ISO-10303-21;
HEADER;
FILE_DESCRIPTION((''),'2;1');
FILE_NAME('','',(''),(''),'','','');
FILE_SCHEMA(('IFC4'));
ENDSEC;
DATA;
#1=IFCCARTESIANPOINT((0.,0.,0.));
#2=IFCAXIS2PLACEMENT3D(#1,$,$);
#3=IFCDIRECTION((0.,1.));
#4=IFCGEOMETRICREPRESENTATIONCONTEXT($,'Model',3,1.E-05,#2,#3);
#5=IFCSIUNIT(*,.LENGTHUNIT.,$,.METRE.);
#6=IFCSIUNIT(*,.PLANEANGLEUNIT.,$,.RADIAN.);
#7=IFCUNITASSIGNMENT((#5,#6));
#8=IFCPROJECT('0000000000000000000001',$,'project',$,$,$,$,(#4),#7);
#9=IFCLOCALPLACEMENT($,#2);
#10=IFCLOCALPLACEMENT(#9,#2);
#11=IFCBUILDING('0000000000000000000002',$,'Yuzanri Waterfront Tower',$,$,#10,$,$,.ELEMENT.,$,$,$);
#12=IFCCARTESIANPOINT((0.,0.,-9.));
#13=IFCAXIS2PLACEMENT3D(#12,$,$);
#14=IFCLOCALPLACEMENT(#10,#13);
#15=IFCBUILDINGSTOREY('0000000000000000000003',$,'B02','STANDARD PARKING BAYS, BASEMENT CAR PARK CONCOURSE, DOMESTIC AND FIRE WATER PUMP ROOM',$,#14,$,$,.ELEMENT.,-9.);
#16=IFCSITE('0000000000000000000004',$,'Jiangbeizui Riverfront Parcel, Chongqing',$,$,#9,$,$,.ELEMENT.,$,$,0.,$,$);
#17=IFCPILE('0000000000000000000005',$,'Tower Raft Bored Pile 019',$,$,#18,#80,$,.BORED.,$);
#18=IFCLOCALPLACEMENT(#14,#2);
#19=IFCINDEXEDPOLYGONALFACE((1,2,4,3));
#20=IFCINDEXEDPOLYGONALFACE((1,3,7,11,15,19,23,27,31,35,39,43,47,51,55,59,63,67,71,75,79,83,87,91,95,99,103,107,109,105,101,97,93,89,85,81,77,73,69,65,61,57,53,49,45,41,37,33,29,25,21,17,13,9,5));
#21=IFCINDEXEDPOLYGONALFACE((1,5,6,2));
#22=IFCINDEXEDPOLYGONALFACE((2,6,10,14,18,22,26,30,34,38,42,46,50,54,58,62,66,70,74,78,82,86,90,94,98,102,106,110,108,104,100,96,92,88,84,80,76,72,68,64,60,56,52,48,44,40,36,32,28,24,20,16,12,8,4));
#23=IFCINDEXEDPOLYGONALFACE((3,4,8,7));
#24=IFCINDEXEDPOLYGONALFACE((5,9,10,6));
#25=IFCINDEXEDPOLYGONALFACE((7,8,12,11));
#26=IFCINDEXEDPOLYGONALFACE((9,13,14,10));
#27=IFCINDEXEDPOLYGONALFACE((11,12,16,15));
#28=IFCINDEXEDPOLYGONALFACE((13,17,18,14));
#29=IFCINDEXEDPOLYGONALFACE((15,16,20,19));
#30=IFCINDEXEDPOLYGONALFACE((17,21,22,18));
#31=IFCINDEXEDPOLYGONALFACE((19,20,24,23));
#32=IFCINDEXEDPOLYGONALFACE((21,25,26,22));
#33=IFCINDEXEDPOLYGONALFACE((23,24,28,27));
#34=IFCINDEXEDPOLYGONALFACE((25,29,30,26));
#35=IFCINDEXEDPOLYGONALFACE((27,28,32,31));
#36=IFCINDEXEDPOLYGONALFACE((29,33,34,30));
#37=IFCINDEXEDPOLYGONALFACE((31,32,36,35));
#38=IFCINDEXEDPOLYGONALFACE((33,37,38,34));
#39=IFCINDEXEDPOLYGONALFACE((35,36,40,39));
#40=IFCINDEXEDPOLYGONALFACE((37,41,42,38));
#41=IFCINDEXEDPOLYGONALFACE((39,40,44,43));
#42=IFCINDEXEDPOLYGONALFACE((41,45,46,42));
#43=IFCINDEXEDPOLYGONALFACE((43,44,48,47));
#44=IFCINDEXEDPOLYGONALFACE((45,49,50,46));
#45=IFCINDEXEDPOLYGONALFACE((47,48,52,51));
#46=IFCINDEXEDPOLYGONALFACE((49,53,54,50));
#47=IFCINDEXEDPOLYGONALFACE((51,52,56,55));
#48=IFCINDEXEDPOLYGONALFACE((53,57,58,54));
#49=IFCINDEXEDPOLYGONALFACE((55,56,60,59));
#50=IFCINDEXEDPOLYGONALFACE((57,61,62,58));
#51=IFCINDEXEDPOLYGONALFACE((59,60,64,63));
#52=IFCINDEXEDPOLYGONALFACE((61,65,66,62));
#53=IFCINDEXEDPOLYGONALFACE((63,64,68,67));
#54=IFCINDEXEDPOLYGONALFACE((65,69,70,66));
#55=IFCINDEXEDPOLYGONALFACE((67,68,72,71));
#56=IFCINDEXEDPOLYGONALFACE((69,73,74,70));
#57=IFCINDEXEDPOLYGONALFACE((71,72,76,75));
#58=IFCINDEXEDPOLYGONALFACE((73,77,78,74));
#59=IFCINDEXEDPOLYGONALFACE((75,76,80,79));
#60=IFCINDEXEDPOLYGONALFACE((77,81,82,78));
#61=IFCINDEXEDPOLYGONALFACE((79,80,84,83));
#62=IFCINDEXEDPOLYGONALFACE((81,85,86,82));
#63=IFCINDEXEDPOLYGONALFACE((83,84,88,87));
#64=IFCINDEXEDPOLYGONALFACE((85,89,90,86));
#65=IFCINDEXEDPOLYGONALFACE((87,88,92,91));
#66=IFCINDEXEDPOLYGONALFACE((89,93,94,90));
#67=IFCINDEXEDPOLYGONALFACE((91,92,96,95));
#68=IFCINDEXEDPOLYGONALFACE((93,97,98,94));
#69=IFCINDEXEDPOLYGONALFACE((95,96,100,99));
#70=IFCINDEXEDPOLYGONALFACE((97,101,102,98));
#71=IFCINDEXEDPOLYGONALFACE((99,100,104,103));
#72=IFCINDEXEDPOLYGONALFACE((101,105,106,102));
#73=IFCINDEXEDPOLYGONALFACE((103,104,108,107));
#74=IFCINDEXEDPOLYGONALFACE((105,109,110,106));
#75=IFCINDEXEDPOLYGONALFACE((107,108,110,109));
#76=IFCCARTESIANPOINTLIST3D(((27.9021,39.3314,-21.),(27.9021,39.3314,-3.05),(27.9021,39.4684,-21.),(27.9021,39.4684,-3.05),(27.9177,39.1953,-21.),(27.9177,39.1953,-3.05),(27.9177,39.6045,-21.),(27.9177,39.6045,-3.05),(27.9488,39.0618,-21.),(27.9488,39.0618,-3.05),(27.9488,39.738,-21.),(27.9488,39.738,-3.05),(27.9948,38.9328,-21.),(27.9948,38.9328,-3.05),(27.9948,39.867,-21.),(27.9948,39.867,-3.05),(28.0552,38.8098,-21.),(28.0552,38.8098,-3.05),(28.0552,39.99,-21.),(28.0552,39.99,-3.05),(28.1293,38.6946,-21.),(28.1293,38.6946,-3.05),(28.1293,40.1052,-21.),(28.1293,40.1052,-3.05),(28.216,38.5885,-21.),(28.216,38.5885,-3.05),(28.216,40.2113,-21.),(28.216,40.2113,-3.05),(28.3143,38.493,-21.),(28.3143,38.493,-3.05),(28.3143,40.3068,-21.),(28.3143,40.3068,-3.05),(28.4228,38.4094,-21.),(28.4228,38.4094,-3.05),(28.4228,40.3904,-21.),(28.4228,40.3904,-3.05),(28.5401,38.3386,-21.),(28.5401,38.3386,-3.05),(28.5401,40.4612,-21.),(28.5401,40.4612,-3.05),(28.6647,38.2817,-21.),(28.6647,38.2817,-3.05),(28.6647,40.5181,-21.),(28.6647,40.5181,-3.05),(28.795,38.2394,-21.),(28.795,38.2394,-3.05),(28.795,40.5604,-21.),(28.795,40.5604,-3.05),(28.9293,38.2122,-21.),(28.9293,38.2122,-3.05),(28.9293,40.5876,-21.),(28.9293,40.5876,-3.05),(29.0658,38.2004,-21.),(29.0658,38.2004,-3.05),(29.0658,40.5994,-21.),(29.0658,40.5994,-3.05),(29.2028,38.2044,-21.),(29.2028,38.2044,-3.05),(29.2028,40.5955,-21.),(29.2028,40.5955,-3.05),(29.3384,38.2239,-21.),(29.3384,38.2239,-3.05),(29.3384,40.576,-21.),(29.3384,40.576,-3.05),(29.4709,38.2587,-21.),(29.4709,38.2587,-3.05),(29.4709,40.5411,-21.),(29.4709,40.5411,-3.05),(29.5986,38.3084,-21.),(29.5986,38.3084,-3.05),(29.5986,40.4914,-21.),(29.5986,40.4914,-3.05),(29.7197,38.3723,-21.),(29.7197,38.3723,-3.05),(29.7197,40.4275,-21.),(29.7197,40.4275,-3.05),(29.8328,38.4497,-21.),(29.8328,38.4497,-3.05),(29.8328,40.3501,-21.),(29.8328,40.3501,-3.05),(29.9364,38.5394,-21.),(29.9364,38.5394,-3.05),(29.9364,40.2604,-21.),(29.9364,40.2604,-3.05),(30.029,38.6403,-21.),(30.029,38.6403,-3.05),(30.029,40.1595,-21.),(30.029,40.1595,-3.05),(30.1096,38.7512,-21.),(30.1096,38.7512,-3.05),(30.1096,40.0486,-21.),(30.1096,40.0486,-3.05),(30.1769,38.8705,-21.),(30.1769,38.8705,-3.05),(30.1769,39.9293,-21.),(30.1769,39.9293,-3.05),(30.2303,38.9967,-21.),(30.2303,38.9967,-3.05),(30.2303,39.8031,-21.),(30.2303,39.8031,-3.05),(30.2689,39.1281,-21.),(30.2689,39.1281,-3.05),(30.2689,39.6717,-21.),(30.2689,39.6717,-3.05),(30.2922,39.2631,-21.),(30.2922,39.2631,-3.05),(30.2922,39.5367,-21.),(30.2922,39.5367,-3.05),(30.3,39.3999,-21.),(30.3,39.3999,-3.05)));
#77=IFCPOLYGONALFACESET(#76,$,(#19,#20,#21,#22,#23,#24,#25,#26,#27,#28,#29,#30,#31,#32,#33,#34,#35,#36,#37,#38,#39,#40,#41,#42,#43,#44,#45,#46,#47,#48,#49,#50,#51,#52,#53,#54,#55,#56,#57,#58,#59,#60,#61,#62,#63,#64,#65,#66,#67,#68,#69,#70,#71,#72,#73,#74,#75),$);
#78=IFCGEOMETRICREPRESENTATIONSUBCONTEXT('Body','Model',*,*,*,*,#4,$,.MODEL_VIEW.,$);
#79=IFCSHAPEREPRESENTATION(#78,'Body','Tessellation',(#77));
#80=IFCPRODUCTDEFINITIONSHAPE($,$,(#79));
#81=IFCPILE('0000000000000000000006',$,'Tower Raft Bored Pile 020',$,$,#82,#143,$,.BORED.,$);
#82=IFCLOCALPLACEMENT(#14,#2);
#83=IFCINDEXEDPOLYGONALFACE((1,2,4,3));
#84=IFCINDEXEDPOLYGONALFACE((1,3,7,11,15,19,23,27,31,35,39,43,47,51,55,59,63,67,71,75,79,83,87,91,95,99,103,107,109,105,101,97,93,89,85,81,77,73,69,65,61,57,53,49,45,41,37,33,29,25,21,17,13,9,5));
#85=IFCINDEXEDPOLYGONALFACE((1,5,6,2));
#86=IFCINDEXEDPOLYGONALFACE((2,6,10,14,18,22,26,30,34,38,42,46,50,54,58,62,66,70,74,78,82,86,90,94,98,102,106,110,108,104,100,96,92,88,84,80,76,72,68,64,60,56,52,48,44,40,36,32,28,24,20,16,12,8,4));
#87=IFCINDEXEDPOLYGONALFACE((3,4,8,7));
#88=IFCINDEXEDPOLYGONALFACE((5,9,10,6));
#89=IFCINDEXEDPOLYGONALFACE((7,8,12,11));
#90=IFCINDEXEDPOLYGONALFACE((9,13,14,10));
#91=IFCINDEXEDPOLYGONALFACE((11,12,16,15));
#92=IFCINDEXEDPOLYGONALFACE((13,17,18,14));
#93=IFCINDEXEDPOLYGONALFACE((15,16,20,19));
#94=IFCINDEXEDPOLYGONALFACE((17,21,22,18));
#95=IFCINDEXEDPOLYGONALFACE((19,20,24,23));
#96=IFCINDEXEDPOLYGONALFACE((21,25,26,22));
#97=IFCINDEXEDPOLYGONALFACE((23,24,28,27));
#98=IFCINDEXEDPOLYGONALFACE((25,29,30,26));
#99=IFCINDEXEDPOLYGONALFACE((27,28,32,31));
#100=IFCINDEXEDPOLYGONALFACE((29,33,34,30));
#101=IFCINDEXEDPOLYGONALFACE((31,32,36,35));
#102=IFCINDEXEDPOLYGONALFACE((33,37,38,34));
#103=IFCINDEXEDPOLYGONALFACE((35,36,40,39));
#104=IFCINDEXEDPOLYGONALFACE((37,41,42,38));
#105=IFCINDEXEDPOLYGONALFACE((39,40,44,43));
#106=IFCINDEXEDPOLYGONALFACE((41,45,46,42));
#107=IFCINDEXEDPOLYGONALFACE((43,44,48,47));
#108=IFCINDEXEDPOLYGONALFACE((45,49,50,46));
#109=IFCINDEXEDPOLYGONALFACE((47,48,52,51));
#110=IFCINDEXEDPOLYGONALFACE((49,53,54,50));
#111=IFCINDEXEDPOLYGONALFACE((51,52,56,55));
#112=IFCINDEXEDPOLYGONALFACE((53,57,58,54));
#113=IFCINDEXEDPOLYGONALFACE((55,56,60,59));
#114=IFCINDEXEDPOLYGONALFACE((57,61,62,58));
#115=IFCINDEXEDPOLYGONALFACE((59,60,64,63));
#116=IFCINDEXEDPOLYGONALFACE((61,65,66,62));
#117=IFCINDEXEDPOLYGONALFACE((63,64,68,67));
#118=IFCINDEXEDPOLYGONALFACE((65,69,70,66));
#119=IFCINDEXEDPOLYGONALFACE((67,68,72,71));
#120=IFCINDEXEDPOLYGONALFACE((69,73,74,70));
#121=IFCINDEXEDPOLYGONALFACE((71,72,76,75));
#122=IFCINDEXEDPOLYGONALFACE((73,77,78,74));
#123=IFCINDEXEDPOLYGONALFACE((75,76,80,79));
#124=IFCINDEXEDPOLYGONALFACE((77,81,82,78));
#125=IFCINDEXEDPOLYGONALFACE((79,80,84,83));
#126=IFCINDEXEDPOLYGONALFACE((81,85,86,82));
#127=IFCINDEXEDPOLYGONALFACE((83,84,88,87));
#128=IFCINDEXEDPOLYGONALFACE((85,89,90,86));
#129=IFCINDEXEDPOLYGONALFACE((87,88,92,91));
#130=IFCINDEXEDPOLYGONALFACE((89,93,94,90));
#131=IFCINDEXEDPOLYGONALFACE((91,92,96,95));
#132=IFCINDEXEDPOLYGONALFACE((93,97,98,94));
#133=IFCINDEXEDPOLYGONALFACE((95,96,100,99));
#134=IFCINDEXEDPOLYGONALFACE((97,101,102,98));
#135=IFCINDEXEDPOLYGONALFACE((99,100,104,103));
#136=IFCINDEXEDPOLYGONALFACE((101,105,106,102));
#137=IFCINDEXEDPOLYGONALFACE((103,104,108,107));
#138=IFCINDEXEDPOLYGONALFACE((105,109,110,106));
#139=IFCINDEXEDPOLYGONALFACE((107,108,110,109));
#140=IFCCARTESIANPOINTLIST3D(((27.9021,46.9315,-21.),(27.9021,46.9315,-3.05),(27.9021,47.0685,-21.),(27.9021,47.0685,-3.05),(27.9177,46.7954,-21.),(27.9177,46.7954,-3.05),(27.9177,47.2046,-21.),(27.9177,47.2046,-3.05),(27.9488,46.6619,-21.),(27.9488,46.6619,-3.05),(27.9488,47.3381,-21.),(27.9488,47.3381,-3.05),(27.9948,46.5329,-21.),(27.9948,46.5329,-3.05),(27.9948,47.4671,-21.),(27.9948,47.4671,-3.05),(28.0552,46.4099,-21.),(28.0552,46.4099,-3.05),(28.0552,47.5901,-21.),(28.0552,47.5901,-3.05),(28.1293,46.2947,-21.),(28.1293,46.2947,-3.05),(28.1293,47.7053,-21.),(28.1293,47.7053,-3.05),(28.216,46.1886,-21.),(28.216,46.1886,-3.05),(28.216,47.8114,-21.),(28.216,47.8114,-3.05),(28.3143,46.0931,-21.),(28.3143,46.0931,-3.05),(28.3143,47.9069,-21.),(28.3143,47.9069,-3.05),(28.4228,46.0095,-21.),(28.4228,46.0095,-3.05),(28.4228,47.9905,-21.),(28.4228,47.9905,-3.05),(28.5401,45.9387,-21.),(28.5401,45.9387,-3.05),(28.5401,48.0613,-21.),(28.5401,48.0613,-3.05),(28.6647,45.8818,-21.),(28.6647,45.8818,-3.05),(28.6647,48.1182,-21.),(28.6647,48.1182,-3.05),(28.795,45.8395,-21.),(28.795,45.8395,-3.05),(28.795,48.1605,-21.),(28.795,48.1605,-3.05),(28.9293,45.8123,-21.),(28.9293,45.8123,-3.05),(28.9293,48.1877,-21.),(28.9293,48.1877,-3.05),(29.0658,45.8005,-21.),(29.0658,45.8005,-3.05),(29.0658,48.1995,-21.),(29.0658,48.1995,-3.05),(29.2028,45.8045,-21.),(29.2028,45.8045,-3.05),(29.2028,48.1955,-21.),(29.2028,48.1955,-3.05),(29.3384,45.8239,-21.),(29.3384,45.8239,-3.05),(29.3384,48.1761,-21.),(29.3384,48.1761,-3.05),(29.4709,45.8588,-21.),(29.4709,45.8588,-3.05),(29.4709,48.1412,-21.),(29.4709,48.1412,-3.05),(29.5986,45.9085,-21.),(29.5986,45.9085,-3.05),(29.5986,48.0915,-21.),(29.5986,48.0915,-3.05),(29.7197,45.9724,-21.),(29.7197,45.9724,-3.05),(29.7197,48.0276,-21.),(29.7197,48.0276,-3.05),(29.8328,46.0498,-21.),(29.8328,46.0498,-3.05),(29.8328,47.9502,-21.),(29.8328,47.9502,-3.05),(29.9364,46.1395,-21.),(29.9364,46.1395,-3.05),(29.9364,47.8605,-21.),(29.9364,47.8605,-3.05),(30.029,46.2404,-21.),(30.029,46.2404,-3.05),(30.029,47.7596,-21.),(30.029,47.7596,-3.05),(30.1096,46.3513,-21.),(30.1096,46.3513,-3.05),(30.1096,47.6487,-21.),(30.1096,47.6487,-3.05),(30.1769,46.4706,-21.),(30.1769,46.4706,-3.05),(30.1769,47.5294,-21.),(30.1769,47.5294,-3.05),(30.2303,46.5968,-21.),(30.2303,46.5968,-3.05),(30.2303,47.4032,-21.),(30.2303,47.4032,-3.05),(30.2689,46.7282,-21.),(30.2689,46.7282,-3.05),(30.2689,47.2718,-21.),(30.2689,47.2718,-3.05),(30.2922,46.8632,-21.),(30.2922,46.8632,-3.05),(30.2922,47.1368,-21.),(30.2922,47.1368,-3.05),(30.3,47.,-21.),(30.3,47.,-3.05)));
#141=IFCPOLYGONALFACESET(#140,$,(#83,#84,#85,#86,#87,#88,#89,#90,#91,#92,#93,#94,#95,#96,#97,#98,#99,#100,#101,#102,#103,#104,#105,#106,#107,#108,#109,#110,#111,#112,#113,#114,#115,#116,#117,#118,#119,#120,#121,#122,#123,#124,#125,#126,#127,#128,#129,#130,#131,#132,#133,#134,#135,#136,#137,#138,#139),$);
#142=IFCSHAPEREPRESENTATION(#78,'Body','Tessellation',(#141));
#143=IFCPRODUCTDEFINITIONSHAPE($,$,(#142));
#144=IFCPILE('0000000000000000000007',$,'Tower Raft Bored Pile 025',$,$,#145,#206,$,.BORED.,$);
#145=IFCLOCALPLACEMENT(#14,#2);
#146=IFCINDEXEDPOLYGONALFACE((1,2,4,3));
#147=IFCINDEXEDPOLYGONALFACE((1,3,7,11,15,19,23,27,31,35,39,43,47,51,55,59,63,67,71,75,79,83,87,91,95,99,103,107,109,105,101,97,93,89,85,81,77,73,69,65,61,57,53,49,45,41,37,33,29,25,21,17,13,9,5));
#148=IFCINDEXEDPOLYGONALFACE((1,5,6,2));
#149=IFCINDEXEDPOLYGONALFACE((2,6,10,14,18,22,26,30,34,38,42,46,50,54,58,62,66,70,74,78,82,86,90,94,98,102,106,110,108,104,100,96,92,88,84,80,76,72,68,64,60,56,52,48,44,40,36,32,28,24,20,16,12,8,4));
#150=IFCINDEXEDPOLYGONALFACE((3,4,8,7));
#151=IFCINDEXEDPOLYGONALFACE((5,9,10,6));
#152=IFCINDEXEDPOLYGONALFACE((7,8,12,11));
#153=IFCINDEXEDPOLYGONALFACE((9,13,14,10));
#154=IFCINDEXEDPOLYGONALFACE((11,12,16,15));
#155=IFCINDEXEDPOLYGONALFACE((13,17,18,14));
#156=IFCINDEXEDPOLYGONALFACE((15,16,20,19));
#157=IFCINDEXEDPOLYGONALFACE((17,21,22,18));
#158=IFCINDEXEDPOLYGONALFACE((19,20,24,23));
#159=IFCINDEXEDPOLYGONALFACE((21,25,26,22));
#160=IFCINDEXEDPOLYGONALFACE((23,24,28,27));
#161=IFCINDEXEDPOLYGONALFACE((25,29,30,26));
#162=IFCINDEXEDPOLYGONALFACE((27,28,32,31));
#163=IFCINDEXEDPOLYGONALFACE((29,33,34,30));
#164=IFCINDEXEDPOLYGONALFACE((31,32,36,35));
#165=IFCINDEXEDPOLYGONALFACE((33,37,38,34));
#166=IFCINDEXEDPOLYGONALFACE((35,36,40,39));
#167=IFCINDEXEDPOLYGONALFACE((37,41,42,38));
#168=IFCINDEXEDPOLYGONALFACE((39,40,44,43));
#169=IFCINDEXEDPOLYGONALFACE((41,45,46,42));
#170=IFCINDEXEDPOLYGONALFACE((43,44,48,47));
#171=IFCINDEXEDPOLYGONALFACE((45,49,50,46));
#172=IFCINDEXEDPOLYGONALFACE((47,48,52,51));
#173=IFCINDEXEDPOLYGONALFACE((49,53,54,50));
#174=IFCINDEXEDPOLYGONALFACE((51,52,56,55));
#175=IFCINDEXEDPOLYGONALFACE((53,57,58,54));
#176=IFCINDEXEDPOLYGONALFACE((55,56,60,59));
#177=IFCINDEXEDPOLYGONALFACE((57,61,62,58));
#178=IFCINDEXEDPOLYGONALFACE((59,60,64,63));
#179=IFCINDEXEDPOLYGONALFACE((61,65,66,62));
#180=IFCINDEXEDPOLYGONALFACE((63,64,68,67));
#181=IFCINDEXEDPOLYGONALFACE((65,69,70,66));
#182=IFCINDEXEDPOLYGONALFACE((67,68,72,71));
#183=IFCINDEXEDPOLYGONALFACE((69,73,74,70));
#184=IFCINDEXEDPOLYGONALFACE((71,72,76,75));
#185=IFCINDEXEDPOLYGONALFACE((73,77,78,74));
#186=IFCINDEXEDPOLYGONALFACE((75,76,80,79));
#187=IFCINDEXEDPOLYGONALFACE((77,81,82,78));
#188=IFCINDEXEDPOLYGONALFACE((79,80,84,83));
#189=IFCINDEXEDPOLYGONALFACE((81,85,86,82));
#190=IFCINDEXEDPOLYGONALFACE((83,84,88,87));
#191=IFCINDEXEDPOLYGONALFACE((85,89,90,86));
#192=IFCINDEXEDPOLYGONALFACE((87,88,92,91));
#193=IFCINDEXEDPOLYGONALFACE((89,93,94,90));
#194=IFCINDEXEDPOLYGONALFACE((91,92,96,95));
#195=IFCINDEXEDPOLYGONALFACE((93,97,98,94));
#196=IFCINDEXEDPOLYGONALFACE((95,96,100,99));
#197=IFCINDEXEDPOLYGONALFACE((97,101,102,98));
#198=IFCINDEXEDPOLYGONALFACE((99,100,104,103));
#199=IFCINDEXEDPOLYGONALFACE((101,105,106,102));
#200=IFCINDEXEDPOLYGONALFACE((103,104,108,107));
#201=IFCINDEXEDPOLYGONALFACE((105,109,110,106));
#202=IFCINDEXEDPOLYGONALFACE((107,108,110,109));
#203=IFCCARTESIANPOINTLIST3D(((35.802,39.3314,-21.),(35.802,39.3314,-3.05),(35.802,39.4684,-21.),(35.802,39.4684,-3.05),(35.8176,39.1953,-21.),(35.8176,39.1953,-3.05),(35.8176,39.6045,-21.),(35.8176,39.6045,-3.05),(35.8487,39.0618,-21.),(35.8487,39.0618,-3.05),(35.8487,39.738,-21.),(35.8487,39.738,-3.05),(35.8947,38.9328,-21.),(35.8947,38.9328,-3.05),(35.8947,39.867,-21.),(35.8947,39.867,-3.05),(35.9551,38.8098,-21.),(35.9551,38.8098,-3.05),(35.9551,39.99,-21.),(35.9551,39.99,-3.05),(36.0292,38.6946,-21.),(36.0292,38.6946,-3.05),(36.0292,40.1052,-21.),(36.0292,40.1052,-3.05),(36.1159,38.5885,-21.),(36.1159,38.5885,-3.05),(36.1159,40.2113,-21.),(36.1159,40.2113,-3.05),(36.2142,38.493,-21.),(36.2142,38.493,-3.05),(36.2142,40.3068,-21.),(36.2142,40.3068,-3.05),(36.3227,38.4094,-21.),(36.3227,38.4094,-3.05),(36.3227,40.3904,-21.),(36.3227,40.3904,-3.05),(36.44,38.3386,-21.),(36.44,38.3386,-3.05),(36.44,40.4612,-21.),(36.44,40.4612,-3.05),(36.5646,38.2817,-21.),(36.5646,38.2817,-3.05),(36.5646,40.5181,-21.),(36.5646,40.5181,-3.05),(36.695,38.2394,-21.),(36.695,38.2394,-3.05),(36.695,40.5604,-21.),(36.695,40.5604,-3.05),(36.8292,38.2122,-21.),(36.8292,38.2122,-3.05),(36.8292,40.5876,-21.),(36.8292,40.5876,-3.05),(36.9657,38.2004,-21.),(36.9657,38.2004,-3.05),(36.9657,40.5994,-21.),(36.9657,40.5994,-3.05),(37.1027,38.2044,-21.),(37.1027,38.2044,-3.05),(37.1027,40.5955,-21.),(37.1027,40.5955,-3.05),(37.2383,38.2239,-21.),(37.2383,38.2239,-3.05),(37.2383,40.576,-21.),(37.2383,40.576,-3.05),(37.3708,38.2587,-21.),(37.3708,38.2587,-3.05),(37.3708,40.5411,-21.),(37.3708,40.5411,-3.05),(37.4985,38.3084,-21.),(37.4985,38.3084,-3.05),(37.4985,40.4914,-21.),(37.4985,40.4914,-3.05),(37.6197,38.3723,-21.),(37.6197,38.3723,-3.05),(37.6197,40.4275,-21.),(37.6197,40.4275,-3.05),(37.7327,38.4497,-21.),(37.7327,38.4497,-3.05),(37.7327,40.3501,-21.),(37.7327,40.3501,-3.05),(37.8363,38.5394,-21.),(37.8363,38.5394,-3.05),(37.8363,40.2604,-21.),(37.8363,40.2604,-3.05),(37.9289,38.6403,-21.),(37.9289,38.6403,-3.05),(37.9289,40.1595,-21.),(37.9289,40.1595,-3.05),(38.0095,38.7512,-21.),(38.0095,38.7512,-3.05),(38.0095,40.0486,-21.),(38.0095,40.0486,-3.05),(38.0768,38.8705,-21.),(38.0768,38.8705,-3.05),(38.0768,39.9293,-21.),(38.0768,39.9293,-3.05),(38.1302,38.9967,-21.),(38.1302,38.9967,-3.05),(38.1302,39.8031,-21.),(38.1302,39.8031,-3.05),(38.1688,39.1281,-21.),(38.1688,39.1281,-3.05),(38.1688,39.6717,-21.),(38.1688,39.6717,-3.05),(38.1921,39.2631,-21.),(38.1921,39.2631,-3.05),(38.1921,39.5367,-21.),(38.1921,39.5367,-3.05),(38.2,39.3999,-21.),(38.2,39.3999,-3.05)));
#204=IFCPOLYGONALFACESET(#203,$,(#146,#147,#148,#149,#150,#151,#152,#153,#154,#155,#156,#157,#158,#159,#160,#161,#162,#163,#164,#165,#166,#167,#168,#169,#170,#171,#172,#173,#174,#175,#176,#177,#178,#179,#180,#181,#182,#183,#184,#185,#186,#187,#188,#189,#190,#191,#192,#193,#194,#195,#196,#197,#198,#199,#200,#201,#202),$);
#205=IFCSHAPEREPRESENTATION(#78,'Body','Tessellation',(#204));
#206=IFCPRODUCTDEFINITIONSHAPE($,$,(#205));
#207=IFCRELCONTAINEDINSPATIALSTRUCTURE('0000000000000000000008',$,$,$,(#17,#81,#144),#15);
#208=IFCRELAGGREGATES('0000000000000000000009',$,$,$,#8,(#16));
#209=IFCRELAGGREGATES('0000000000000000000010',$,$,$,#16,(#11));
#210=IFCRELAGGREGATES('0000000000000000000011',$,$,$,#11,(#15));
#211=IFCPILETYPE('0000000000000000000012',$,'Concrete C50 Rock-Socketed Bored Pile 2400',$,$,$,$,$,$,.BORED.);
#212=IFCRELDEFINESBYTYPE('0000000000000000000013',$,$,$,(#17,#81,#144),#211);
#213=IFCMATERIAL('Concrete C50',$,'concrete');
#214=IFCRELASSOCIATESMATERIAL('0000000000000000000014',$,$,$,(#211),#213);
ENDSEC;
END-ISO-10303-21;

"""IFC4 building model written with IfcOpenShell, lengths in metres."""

from ifc_helpers import new_model, si_unit, direction, frame, origin, origin_2d, place, context, subcontext, project, spatial, circle, extrude, source, transform, mapped, material, material_profile, profile_set, type_object, element, save


model = new_model("IFC4")

# Units and contexts
model_context = context("Model", 3, precision=1e-05, world=origin(), true_north=direction((0.0, 1.0)))
body_context = subcontext(model_context, "Body", "Model", "MODEL_VIEW")
ifc_project = project(units=[si_unit("LENGTHUNIT", "METRE"), si_unit("PLANEANGLEUNIT", "RADIAN")], contexts=[model_context])

# Site, building, storey
site_placement = place(None, origin())
site = spatial("IfcSite", under=ifc_project, at=site_placement, Name="Jiangbeizui Riverfront Parcel, Chongqing", CompositionType="ELEMENT", RefElevation=0.0)
building_placement = place(site_placement, origin())
building = spatial("IfcBuilding", under=site, at=building_placement, Name="Yuzanri Waterfront Tower", CompositionType="ELEMENT")
storey_placement = place(building_placement, frame((0.0, 0.0, -9.0)))
storey = spatial("IfcBuildingStorey", under=building, at=storey_placement, Name="B02", Description="STANDARD PARKING BAYS, BASEMENT CAR PARK CONCOURSE, DOMESTIC AND FIRE WATER PUMP ROOM", CompositionType="ELEMENT", Elevation=-9.0)

# Piles
ifc_material_1 = material(Name="Concrete C50", Category="concrete")
ifc_material_profile_1 = material_profile(ifc_material_1, circle(Radius=1.2, at=origin_2d()), Name="PILE D2400")
ifc_profile_set_1 = profile_set([ifc_material_profile_1], Name="Concrete C50")
pile_type_1 = type_object("IfcPileType", Name="Concrete C50 Rock-Socketed Bored Pile 2400", PredefinedType="BORED", material=ifc_profile_set_1)
shared_shape_1 = source(origin(), body_context, "Body", "SweptSolid", [
    extrude(circle(Radius=1.2, at=origin_2d()), origin(), (0.0, 0.0, 1.0), 17.95),
])
for number, where, z_axis, x_axis, name in (
    (1, (29.1001, 39.3999, -3.05), (0.0, 0.0, -1.0), (1.0, 0.0, 0.0), "Tower Raft Bored Pile 019"),
    (2, (29.1001, 47.0, -3.05), (0.0, 0.0, -1.0), (1.0, 0.0, 0.0), "Tower Raft Bored Pile 020"),
    (3, (37.0, 39.3999, -3.05), (0.0, 0.0, -1.0), (1.0, 0.0, 0.0), "Tower Raft Bored Pile 025"),
):
    element("IfcPile", number, at=place(storey_placement, frame(where, z_axis=z_axis, x_axis=x_axis)), inside=storey, type_object=pile_type_1, Name=name, PredefinedType="BORED", context=body_context, shape_type="MappedRepresentation", body=[
        mapped(shared_shape_1, transform((0.0, 0.0, 0.0), scale=1.0)),
    ])

save(model, "model.ifc")
